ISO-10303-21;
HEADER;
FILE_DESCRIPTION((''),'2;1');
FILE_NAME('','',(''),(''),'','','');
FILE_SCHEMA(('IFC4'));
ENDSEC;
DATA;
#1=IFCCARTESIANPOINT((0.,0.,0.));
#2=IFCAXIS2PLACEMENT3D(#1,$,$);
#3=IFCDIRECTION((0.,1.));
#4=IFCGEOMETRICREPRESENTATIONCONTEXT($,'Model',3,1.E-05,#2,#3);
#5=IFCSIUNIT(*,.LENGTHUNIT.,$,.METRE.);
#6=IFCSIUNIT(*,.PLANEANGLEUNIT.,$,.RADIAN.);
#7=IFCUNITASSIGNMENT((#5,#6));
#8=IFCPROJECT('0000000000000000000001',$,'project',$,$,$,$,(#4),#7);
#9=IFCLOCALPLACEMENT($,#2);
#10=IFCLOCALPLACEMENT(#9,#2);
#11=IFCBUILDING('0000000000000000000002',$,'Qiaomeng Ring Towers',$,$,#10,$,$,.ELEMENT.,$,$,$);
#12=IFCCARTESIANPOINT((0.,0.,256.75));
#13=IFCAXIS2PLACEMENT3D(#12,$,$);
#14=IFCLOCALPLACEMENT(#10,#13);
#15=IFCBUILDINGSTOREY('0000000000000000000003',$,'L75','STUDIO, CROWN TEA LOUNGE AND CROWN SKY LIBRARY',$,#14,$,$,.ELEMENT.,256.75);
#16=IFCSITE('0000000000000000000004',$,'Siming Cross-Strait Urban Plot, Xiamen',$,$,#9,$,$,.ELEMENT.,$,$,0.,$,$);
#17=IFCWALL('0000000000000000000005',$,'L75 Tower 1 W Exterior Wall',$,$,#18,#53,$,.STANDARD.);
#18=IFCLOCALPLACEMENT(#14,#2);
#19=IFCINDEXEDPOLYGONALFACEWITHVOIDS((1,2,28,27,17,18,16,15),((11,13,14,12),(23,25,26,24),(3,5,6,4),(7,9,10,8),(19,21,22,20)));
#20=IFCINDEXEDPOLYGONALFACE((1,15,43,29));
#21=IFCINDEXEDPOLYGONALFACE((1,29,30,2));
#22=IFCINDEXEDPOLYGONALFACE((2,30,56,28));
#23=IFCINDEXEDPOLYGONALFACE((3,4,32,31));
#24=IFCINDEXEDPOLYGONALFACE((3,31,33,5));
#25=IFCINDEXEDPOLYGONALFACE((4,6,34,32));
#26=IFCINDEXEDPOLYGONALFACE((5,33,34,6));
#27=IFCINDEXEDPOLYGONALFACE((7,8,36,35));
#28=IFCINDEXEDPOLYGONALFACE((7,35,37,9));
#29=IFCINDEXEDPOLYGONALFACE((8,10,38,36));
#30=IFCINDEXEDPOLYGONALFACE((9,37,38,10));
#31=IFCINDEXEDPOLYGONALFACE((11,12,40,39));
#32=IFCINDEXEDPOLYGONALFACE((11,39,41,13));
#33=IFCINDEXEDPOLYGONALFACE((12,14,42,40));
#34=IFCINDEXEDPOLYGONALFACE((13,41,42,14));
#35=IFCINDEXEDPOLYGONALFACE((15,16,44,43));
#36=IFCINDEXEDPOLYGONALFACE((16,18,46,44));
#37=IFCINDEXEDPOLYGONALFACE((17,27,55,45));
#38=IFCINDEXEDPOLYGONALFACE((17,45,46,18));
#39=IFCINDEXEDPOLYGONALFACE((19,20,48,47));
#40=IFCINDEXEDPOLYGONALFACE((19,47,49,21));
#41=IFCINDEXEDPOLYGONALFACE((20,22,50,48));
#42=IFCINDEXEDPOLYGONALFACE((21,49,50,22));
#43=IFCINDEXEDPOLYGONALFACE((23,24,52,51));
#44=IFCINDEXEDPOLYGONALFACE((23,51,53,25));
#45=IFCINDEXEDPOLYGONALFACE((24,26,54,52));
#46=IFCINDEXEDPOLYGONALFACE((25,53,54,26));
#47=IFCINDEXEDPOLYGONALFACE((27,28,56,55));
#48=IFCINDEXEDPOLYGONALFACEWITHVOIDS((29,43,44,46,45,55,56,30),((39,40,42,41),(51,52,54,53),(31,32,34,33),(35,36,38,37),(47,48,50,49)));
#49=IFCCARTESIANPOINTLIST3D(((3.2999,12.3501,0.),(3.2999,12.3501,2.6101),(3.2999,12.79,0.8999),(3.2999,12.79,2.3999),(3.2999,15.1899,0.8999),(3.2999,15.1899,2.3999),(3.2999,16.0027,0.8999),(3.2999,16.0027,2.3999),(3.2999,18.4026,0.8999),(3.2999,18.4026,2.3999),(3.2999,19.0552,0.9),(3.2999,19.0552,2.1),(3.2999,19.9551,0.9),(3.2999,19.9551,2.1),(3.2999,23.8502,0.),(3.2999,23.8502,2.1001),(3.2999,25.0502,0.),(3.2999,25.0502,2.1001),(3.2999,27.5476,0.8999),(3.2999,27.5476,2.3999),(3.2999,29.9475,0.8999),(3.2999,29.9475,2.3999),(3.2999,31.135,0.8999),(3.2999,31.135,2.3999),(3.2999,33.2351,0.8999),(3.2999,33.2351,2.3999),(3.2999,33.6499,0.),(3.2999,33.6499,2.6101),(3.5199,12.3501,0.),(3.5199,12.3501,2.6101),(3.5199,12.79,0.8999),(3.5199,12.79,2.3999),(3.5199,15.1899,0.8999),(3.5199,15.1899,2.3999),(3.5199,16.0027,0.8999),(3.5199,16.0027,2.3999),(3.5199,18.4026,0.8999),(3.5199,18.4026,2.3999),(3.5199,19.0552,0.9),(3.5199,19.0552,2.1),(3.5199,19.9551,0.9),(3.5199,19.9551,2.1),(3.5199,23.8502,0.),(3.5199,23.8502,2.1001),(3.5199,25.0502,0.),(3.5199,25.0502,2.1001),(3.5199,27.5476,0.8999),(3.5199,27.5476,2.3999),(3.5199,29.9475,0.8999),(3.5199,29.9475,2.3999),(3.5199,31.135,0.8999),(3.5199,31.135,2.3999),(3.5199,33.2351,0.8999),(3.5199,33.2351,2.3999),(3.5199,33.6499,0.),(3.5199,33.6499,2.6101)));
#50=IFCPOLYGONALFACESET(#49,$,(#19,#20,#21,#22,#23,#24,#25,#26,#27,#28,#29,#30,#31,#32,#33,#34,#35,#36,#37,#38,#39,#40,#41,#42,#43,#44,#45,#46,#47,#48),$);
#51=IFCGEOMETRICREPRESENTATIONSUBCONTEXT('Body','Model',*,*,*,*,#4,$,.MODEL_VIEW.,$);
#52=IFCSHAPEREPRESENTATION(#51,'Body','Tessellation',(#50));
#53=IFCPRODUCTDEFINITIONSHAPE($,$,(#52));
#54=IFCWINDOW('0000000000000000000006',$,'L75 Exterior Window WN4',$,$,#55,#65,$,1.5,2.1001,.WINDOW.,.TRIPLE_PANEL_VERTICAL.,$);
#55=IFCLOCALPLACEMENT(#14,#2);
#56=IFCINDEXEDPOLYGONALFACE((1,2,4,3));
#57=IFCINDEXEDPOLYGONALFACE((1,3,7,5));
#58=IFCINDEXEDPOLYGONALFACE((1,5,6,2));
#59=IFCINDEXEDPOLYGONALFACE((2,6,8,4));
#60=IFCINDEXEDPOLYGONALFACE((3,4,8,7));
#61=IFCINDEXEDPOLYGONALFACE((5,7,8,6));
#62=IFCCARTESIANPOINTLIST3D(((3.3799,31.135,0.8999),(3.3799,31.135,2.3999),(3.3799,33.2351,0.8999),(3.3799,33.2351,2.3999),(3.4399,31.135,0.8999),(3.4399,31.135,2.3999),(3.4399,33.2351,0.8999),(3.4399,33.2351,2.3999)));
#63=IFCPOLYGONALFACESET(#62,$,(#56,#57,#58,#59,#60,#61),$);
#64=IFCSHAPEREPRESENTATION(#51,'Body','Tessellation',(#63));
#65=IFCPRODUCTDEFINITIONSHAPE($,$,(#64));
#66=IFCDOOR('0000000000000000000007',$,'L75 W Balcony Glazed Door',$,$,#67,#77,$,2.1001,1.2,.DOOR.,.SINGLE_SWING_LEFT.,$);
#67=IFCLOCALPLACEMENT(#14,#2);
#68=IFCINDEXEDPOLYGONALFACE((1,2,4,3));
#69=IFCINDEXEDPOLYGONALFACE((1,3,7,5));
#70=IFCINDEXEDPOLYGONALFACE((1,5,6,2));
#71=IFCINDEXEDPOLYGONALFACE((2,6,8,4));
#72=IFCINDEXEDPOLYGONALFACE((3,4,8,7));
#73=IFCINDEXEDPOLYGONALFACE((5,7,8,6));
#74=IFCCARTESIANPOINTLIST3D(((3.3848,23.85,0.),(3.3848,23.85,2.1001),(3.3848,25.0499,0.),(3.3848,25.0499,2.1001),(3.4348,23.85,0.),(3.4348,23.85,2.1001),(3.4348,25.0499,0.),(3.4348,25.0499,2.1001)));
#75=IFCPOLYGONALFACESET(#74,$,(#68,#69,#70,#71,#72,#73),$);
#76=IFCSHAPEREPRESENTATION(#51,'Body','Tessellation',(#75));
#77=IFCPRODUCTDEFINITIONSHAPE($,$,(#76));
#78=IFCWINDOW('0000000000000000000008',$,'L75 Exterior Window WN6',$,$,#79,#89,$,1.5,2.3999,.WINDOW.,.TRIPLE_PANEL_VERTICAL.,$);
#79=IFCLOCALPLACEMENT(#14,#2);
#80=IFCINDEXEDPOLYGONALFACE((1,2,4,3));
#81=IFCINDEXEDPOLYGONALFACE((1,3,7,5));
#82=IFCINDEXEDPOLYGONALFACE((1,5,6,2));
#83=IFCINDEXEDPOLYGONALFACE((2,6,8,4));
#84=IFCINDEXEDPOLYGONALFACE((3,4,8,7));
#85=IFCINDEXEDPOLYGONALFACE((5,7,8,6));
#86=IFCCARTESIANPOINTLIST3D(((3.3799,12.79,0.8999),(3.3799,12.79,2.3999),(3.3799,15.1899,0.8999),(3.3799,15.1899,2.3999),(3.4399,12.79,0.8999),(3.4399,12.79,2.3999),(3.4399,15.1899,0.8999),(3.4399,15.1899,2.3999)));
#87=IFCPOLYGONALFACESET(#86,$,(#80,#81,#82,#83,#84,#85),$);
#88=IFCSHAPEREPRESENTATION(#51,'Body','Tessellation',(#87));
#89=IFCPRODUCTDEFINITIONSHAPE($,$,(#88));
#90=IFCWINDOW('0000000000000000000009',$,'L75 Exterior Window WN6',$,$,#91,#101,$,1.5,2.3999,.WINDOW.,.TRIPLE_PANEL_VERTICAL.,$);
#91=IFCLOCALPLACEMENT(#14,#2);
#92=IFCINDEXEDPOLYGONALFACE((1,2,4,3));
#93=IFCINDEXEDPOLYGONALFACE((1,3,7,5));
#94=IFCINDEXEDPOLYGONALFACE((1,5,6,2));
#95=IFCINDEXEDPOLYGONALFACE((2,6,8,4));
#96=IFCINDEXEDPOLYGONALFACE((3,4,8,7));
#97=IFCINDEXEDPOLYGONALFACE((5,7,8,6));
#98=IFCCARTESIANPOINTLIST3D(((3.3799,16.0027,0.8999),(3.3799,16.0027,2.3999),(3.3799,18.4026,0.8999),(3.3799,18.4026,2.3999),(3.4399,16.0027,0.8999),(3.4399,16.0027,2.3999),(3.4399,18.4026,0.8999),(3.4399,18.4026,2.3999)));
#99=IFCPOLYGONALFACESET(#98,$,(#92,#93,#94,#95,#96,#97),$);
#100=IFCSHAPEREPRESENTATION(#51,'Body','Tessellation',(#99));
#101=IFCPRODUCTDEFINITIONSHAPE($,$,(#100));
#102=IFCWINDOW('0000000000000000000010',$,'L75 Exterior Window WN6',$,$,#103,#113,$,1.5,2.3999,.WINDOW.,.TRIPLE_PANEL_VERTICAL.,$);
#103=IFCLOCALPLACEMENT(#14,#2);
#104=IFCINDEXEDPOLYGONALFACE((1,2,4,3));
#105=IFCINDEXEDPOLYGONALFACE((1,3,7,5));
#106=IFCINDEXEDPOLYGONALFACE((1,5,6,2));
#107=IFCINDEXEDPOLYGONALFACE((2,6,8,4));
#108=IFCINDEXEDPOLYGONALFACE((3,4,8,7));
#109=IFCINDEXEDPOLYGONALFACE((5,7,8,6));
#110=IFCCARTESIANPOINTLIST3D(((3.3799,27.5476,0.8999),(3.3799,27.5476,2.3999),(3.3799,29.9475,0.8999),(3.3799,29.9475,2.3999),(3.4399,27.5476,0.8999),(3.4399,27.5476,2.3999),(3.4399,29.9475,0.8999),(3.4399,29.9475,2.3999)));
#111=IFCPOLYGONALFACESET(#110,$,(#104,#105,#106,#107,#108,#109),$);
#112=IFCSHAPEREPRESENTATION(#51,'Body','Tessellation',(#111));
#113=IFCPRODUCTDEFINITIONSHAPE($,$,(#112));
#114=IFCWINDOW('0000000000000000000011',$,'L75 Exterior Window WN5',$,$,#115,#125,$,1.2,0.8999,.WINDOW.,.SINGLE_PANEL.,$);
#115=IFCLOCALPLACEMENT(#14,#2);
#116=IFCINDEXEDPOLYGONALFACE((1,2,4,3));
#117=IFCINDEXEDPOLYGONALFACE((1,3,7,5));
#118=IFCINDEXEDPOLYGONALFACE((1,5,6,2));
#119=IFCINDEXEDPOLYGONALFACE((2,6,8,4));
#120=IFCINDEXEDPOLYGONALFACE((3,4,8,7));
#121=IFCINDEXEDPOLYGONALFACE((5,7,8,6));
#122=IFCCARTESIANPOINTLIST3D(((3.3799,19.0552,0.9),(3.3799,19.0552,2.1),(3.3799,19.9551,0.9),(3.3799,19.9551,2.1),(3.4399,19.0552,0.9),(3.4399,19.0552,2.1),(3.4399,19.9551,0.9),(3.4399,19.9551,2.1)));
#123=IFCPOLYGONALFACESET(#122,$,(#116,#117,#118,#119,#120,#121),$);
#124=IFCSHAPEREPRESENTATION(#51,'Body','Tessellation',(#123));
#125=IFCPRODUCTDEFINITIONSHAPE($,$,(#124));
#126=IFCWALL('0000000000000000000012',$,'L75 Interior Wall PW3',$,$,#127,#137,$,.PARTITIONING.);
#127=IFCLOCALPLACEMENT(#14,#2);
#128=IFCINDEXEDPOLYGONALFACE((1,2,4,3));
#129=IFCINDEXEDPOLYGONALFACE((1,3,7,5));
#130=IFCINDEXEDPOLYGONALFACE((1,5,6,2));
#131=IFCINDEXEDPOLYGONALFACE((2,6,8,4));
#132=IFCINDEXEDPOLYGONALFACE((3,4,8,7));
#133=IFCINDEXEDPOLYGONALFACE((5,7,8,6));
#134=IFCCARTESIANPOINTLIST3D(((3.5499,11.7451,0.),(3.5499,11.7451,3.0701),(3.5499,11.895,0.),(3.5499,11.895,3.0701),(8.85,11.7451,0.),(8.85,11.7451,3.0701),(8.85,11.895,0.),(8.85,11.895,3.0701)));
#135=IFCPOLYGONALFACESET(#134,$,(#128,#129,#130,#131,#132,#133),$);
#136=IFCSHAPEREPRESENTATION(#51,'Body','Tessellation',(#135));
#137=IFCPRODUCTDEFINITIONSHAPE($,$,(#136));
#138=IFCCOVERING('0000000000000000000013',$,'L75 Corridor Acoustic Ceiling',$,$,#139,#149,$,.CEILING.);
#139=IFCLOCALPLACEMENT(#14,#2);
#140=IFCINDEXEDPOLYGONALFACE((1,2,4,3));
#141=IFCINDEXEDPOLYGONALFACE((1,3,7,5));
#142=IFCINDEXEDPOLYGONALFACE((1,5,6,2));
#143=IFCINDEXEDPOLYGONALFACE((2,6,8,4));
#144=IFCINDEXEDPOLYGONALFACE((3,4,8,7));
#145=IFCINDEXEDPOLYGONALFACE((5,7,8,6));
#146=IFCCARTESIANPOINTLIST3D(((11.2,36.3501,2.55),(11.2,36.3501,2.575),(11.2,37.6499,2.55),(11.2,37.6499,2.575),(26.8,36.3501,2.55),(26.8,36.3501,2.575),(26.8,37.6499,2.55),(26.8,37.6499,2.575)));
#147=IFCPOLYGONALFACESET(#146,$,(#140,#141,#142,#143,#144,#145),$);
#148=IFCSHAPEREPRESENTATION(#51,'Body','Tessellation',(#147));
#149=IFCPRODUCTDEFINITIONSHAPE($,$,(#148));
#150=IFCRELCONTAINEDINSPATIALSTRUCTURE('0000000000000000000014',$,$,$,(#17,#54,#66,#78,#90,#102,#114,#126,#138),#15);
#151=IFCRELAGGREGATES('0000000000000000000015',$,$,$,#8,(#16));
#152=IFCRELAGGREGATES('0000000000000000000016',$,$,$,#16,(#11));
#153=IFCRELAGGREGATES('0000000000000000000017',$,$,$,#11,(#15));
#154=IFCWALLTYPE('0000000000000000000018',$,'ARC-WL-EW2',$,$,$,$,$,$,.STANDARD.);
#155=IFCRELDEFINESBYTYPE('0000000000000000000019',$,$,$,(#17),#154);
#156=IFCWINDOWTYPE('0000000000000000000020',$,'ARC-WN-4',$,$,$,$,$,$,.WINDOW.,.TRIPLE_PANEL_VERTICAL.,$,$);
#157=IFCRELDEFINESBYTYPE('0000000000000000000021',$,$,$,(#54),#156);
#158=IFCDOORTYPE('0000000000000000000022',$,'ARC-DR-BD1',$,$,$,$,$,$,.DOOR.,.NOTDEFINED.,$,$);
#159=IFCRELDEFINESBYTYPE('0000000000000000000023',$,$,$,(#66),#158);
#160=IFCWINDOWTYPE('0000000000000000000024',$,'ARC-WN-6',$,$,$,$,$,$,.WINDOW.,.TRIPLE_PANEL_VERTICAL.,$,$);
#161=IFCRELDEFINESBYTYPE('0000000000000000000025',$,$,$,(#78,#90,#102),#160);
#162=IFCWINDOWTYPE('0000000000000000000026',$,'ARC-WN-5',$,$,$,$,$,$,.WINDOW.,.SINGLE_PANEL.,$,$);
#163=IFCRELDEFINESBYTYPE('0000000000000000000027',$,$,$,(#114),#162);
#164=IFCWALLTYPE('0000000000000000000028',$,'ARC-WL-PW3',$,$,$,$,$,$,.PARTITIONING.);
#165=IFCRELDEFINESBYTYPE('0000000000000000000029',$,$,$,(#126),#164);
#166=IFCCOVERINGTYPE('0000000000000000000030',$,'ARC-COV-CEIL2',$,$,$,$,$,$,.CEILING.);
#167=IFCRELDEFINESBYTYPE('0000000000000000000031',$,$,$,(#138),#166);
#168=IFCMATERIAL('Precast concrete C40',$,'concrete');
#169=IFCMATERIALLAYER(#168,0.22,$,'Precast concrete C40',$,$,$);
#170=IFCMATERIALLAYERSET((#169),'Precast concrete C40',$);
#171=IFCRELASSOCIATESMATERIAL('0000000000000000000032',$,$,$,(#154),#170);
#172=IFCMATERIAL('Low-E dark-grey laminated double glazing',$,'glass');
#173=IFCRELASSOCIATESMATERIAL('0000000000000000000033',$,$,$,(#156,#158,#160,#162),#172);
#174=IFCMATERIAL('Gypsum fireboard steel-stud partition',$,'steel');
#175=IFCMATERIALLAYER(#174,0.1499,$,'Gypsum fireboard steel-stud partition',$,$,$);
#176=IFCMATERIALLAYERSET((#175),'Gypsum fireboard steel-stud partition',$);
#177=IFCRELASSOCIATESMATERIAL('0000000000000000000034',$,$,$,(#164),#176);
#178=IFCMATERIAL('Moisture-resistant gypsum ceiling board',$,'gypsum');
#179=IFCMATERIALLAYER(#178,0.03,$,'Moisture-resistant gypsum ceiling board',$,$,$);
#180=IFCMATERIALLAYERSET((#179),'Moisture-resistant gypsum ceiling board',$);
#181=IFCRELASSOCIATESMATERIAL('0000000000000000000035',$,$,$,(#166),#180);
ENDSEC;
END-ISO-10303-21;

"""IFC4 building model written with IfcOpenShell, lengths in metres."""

from ifc_helpers import new_model, si_unit, direction, frame, frame_2d, origin, place, context, subcontext, project, spatial, polyline, rectangle, outline, extrude, source, transform, mapped, material, layer, layer_set, type_object, element, fill, save


model = new_model("IFC4")

# Units and contexts
model_context = context("Model", 3, precision=1e-05, world=origin(), true_north=direction((0.0, 1.0)))
body_context = subcontext(model_context, "Body", "Model", "MODEL_VIEW")
ifc_project = project(units=[si_unit("LENGTHUNIT", "METRE"), si_unit("PLANEANGLEUNIT", "RADIAN")], contexts=[model_context])

# Site, building, storey
site_placement = place(None, origin())
site = spatial("IfcSite", under=ifc_project, at=site_placement, Name="Siming Cross-Strait Urban Plot, Xiamen", CompositionType="ELEMENT", RefElevation=0.0)
building_placement = place(site_placement, origin())
building = spatial("IfcBuilding", under=site, at=building_placement, Name="Qiaomeng Ring Towers", CompositionType="ELEMENT")
storey_placement = place(building_placement, frame((0.0, 0.0, 256.75)))
storey = spatial("IfcBuildingStorey", under=building, at=storey_placement, Name="L75", Description="STUDIO, CROWN TEA LOUNGE AND CROWN SKY LIBRARY", CompositionType="ELEMENT", Elevation=256.75)

# Shared definitions
ifc_material_1 = material(Name="Precast concrete C40", Category="concrete")

# Wall, openings, windows, door
ifc_layer_1 = layer(ifc_material_1, 0.22, Name="Precast concrete C40")
ifc_layer_set_1 = layer_set([ifc_layer_1], Name="Precast concrete C40")
wall_type_1 = type_object("IfcWallType", Name="ARC-WL-EW2", PredefinedType="STANDARD", material=ifc_layer_set_1)
wall_1_placement = place(storey_placement, frame((3.4099, 12.3501, 0.0), z_axis=(0.0, 0.0, 1.0), x_axis=(0.0, 1.0, 0.0)))
wall_1 = element("IfcWall", 1, at=wall_1_placement, inside=storey, type_object=wall_type_1, Name="L75 Tower 1 W Exterior Wall", PredefinedType="STANDARD", context=body_context, shape_type="SweptSolid", body=[
    extrude(rectangle(XDim=21.2998, YDim=0.22, at=frame_2d((10.6499, 0.0))), origin(), (0.0, 0.0, 1.0), 2.6101),
])
opening_1_placement = place(wall_1_placement, frame((11.5, 0.0, 0.0)))
opening_1 = element("IfcOpeningElement", 2, at=opening_1_placement, cuts=wall_1, PredefinedType="OPENING", context=body_context, shape_type="SweptSolid", body=[
    extrude(rectangle(XDim=1.2, YDim=2.1001, at=frame_2d((0.6001, 1.05))), frame((0.0, 0.1199, 0.0), z_axis=(0.0, -1.0, 0.0), x_axis=(1.0, 0.0, 0.0)), (0.0, 0.0, 1.0), 0.24),
])
opening_2_placement = place(wall_1_placement, frame((0.4399, 0.0, 0.8999)))
opening_2 = element("IfcOpeningElement", 3, at=opening_2_placement, cuts=wall_1, PredefinedType="OPENING", context=body_context, shape_type="SweptSolid", body=[
    extrude(rectangle(XDim=2.3999, YDim=1.5, at=frame_2d((1.2, 0.75))), frame((0.0, 0.1199, 0.0), z_axis=(0.0, -1.0, 0.0), x_axis=(1.0, 0.0, 0.0)), (0.0, 0.0, 1.0), 0.24),
])
opening_3_placement = place(wall_1_placement, frame((18.7849, 0.0, 0.8999)))
opening_3 = element("IfcOpeningElement", 4, at=opening_3_placement, cuts=wall_1, PredefinedType="OPENING", context=body_context, shape_type="SweptSolid", body=[
    extrude(rectangle(XDim=2.1001, YDim=1.5, at=frame_2d((1.05, 0.75))), frame((0.0, 0.1199, 0.0), z_axis=(0.0, -1.0, 0.0), x_axis=(1.0, 0.0, 0.0)), (0.0, 0.0, 1.0), 0.24),
])
opening_4_placement = place(wall_1_placement, frame((3.6526, 0.0, 0.8999)))
opening_4 = element("IfcOpeningElement", 5, at=opening_4_placement, cuts=wall_1, PredefinedType="OPENING", context=body_context, shape_type="SweptSolid", body=[
    extrude(rectangle(XDim=2.3999, YDim=1.5, at=frame_2d((1.2, 0.75))), frame((0.0, 0.1199, 0.0), z_axis=(0.0, -1.0, 0.0), x_axis=(1.0, 0.0, 0.0)), (0.0, 0.0, 1.0), 0.24),
])
opening_5_placement = place(wall_1_placement, frame((15.1975, 0.0, 0.8999)))
opening_5 = element("IfcOpeningElement", 6, at=opening_5_placement, cuts=wall_1, PredefinedType="OPENING", context=body_context, shape_type="SweptSolid", body=[
    extrude(rectangle(XDim=2.3999, YDim=1.5, at=frame_2d((1.2, 0.75))), frame((0.0, 0.1199, 0.0), z_axis=(0.0, -1.0, 0.0), x_axis=(1.0, 0.0, 0.0)), (0.0, 0.0, 1.0), 0.24),
])
opening_6_placement = place(wall_1_placement, frame((6.7051, 0.0, 0.8999)))
opening_6 = element("IfcOpeningElement", 7, at=opening_6_placement, cuts=wall_1, PredefinedType="OPENING", context=body_context, shape_type="SweptSolid", body=[
    extrude(rectangle(XDim=0.8999, YDim=1.2, at=frame_2d((0.45, 0.6001))), frame((0.0, 0.1199, 0.0), z_axis=(0.0, -1.0, 0.0), x_axis=(1.0, 0.0, 0.0)), (0.0, 0.0, 1.0), 0.24),
])
ifc_material_2 = material(Name="Low-E dark-grey laminated double glazing", Category="glass")
window_type_1 = type_object("IfcWindowType", Name="ARC-WN-4", PartitioningType="TRIPLE_PANEL_VERTICAL", PredefinedType="WINDOW", material=ifc_material_2)
shared_shape_1 = source(origin(), body_context, "Body", "SweptSolid", [
    extrude(rectangle(XDim=2.1001, YDim=1.5, at=frame_2d((1.05, 0.75))), frame((0.0, 0.03, 0.0), z_axis=(0.0, -1.0, 0.0), x_axis=(1.0, 0.0, 0.0)), (0.0, 0.0, 1.0), 0.0601),
])
window_1_placement = place(opening_3_placement, origin())
window_1 = element("IfcWindow", 8, at=window_1_placement, inside=storey, type_object=window_type_1, Name="L75 Exterior Window WN4", OverallHeight=1.5, OverallWidth=2.1001, PartitioningType="TRIPLE_PANEL_VERTICAL", PredefinedType="WINDOW", context=body_context, shape_type="MappedRepresentation", body=[
    mapped(shared_shape_1, transform((0.0, 0.0, 0.0), x_axis=(1.0, 0.0, 0.0), y_axis=(0.0, 1.0, 0.0), z_axis=(0.0, 0.0, 1.0), scale=1.0)),
])
fill(opening_3, window_1)
door_type = type_object("IfcDoorType", Name="ARC-DR-BD1", OperationType="NOTDEFINED", PredefinedType="DOOR", material=ifc_material_2)
shared_shape_2 = source(origin(), body_context, "Body", "SweptSolid", [
    extrude(rectangle(XDim=1.2, YDim=2.1001, at=frame_2d((0.6001, 1.05))), frame((0.0, 0.0249, 0.0), z_axis=(0.0, -1.0, 0.0), x_axis=(1.0, 0.0, 0.0)), (0.0, 0.0, 1.0), 0.05),
])
door_placement = place(opening_1_placement, frame((1.2, 0.0, 0.0), z_axis=(0.0, 0.0, 1.0), x_axis=(-1.0, 0.0, 0.0)))
door = element("IfcDoor", 9, at=door_placement, inside=storey, type_object=door_type, Name="L75 W Balcony Glazed Door", OperationType="SINGLE_SWING_LEFT", OverallHeight=2.1001, OverallWidth=1.2, PredefinedType="DOOR", context=body_context, shape_type="MappedRepresentation", body=[
    mapped(shared_shape_2, transform((0.0, 0.0, 0.0), x_axis=(1.0, 0.0, 0.0), y_axis=(0.0, 1.0, 0.0), z_axis=(0.0, 0.0, 1.0), scale=1.0)),
])
fill(opening_1, door)
window_type_2 = type_object("IfcWindowType", Name="ARC-WN-6", PartitioningType="TRIPLE_PANEL_VERTICAL", PredefinedType="WINDOW", material=ifc_material_2)
shared_shape_3 = source(origin(), body_context, "Body", "SweptSolid", [
    extrude(rectangle(XDim=2.3999, YDim=1.5, at=frame_2d((1.2, 0.75))), frame((0.0, 0.03, 0.0), z_axis=(0.0, -1.0, 0.0), x_axis=(1.0, 0.0, 0.0)), (0.0, 0.0, 1.0), 0.0601),
])
window_2_placement = place(opening_2_placement, origin())
window_2 = element("IfcWindow", 10, at=window_2_placement, inside=storey, type_object=window_type_2, Name="L75 Exterior Window WN6", OverallHeight=1.5, OverallWidth=2.3999, PartitioningType="TRIPLE_PANEL_VERTICAL", PredefinedType="WINDOW", context=body_context, shape_type="MappedRepresentation", body=[
    mapped(shared_shape_3, transform((0.0, 0.0, 0.0), x_axis=(1.0, 0.0, 0.0), y_axis=(0.0, 1.0, 0.0), z_axis=(0.0, 0.0, 1.0), scale=1.0)),
])
fill(opening_2, window_2)
window_3_placement = place(opening_4_placement, origin())
window_3 = element("IfcWindow", 11, at=window_3_placement, inside=storey, type_object=window_type_2, Name="L75 Exterior Window WN6", OverallHeight=1.5, OverallWidth=2.3999, PartitioningType="TRIPLE_PANEL_VERTICAL", PredefinedType="WINDOW", context=body_context, shape_type="MappedRepresentation", body=[
    mapped(shared_shape_3, transform((0.0, 0.0, 0.0), x_axis=(1.0, 0.0, 0.0), y_axis=(0.0, 1.0, 0.0), z_axis=(0.0, 0.0, 1.0), scale=1.0)),
])
fill(opening_4, window_3)
window_4_placement = place(opening_5_placement, origin())
window_4 = element("IfcWindow", 12, at=window_4_placement, inside=storey, type_object=window_type_2, Name="L75 Exterior Window WN6", OverallHeight=1.5, OverallWidth=2.3999, PartitioningType="TRIPLE_PANEL_VERTICAL", PredefinedType="WINDOW", context=body_context, shape_type="MappedRepresentation", body=[
    mapped(shared_shape_3, transform((0.0, 0.0, 0.0), x_axis=(1.0, 0.0, 0.0), y_axis=(0.0, 1.0, 0.0), z_axis=(0.0, 0.0, 1.0), scale=1.0)),
])
fill(opening_5, window_4)
window_type_3 = type_object("IfcWindowType", Name="ARC-WN-5", PartitioningType="SINGLE_PANEL", PredefinedType="WINDOW", material=ifc_material_2)
shared_shape_4 = source(origin(), body_context, "Body", "SweptSolid", [
    extrude(rectangle(XDim=0.8999, YDim=1.2, at=frame_2d((0.45, 0.6001))), frame((0.0, 0.03, 0.0), z_axis=(0.0, -1.0, 0.0), x_axis=(1.0, 0.0, 0.0)), (0.0, 0.0, 1.0), 0.0601),
])
window_5_placement = place(opening_6_placement, origin())
window_5 = element("IfcWindow", 13, at=window_5_placement, inside=storey, type_object=window_type_3, Name="L75 Exterior Window WN5", OverallHeight=1.2, OverallWidth=0.8999, PartitioningType="SINGLE_PANEL", PredefinedType="WINDOW", context=body_context, shape_type="MappedRepresentation", body=[
    mapped(shared_shape_4, transform((0.0, 0.0, 0.0), x_axis=(1.0, 0.0, 0.0), y_axis=(0.0, 1.0, 0.0), z_axis=(0.0, 0.0, 1.0), scale=1.0)),
])
fill(opening_6, window_5)

# Wall
ifc_material_3 = material(Name="Gypsum fireboard steel-stud partition", Category="steel")
ifc_layer_2 = layer(ifc_material_3, 0.1499, Name="Gypsum fireboard steel-stud partition")
ifc_layer_set_2 = layer_set([ifc_layer_2], Name="Gypsum fireboard steel-stud partition")
wall_type_2 = type_object("IfcWallType", Name="ARC-WL-PW3", PredefinedType="PARTITIONING", material=ifc_layer_set_2)
wall_2_placement = place(storey_placement, frame((3.55, 11.8201, 0.0), z_axis=(0.0, 0.0, 1.0), x_axis=(1.0, 0.0, 0.0)))
element("IfcWall", 14, at=wall_2_placement, inside=storey, type_object=wall_type_2, Name="L75 Interior Wall PW3", PredefinedType="PARTITIONING", context=body_context, shape_type="SweptSolid", body=[
    extrude(rectangle(XDim=5.3, YDim=0.1499, at=frame_2d((2.6499, 0.0))), origin(), (0.0, 0.0, 1.0), 3.0701),
])

# Covering
ifc_material_4 = material(Name="Moisture-resistant gypsum ceiling board", Category="gypsum")
ifc_layer_3 = layer(ifc_material_4, 0.03, Name="Moisture-resistant gypsum ceiling board")
ifc_layer_set_3 = layer_set([ifc_layer_3], Name="Moisture-resistant gypsum ceiling board")
covering_type_1 = type_object("IfcCoveringType", Name="ARC-COV-CEIL2", PredefinedType="CEILING", material=ifc_layer_set_3)
covering_1_placement = place(storey_placement, frame((0.0, 0.0, 2.55)))
element("IfcCovering", 15, at=covering_1_placement, inside=storey, type_object=covering_type_1, Name="L75 Corridor Acoustic Ceiling", PredefinedType="CEILING", context=body_context, shape_type="SweptSolid", body=[
    extrude(outline(polyline([(11.2, 36.3501), (11.2, 37.6499), (26.8, 37.6499), (26.8, 36.3501), (11.2, 36.3501)])), origin(), (0.0, 0.0, 1.0), 0.0249),
])

save(model, "model.ifc")
